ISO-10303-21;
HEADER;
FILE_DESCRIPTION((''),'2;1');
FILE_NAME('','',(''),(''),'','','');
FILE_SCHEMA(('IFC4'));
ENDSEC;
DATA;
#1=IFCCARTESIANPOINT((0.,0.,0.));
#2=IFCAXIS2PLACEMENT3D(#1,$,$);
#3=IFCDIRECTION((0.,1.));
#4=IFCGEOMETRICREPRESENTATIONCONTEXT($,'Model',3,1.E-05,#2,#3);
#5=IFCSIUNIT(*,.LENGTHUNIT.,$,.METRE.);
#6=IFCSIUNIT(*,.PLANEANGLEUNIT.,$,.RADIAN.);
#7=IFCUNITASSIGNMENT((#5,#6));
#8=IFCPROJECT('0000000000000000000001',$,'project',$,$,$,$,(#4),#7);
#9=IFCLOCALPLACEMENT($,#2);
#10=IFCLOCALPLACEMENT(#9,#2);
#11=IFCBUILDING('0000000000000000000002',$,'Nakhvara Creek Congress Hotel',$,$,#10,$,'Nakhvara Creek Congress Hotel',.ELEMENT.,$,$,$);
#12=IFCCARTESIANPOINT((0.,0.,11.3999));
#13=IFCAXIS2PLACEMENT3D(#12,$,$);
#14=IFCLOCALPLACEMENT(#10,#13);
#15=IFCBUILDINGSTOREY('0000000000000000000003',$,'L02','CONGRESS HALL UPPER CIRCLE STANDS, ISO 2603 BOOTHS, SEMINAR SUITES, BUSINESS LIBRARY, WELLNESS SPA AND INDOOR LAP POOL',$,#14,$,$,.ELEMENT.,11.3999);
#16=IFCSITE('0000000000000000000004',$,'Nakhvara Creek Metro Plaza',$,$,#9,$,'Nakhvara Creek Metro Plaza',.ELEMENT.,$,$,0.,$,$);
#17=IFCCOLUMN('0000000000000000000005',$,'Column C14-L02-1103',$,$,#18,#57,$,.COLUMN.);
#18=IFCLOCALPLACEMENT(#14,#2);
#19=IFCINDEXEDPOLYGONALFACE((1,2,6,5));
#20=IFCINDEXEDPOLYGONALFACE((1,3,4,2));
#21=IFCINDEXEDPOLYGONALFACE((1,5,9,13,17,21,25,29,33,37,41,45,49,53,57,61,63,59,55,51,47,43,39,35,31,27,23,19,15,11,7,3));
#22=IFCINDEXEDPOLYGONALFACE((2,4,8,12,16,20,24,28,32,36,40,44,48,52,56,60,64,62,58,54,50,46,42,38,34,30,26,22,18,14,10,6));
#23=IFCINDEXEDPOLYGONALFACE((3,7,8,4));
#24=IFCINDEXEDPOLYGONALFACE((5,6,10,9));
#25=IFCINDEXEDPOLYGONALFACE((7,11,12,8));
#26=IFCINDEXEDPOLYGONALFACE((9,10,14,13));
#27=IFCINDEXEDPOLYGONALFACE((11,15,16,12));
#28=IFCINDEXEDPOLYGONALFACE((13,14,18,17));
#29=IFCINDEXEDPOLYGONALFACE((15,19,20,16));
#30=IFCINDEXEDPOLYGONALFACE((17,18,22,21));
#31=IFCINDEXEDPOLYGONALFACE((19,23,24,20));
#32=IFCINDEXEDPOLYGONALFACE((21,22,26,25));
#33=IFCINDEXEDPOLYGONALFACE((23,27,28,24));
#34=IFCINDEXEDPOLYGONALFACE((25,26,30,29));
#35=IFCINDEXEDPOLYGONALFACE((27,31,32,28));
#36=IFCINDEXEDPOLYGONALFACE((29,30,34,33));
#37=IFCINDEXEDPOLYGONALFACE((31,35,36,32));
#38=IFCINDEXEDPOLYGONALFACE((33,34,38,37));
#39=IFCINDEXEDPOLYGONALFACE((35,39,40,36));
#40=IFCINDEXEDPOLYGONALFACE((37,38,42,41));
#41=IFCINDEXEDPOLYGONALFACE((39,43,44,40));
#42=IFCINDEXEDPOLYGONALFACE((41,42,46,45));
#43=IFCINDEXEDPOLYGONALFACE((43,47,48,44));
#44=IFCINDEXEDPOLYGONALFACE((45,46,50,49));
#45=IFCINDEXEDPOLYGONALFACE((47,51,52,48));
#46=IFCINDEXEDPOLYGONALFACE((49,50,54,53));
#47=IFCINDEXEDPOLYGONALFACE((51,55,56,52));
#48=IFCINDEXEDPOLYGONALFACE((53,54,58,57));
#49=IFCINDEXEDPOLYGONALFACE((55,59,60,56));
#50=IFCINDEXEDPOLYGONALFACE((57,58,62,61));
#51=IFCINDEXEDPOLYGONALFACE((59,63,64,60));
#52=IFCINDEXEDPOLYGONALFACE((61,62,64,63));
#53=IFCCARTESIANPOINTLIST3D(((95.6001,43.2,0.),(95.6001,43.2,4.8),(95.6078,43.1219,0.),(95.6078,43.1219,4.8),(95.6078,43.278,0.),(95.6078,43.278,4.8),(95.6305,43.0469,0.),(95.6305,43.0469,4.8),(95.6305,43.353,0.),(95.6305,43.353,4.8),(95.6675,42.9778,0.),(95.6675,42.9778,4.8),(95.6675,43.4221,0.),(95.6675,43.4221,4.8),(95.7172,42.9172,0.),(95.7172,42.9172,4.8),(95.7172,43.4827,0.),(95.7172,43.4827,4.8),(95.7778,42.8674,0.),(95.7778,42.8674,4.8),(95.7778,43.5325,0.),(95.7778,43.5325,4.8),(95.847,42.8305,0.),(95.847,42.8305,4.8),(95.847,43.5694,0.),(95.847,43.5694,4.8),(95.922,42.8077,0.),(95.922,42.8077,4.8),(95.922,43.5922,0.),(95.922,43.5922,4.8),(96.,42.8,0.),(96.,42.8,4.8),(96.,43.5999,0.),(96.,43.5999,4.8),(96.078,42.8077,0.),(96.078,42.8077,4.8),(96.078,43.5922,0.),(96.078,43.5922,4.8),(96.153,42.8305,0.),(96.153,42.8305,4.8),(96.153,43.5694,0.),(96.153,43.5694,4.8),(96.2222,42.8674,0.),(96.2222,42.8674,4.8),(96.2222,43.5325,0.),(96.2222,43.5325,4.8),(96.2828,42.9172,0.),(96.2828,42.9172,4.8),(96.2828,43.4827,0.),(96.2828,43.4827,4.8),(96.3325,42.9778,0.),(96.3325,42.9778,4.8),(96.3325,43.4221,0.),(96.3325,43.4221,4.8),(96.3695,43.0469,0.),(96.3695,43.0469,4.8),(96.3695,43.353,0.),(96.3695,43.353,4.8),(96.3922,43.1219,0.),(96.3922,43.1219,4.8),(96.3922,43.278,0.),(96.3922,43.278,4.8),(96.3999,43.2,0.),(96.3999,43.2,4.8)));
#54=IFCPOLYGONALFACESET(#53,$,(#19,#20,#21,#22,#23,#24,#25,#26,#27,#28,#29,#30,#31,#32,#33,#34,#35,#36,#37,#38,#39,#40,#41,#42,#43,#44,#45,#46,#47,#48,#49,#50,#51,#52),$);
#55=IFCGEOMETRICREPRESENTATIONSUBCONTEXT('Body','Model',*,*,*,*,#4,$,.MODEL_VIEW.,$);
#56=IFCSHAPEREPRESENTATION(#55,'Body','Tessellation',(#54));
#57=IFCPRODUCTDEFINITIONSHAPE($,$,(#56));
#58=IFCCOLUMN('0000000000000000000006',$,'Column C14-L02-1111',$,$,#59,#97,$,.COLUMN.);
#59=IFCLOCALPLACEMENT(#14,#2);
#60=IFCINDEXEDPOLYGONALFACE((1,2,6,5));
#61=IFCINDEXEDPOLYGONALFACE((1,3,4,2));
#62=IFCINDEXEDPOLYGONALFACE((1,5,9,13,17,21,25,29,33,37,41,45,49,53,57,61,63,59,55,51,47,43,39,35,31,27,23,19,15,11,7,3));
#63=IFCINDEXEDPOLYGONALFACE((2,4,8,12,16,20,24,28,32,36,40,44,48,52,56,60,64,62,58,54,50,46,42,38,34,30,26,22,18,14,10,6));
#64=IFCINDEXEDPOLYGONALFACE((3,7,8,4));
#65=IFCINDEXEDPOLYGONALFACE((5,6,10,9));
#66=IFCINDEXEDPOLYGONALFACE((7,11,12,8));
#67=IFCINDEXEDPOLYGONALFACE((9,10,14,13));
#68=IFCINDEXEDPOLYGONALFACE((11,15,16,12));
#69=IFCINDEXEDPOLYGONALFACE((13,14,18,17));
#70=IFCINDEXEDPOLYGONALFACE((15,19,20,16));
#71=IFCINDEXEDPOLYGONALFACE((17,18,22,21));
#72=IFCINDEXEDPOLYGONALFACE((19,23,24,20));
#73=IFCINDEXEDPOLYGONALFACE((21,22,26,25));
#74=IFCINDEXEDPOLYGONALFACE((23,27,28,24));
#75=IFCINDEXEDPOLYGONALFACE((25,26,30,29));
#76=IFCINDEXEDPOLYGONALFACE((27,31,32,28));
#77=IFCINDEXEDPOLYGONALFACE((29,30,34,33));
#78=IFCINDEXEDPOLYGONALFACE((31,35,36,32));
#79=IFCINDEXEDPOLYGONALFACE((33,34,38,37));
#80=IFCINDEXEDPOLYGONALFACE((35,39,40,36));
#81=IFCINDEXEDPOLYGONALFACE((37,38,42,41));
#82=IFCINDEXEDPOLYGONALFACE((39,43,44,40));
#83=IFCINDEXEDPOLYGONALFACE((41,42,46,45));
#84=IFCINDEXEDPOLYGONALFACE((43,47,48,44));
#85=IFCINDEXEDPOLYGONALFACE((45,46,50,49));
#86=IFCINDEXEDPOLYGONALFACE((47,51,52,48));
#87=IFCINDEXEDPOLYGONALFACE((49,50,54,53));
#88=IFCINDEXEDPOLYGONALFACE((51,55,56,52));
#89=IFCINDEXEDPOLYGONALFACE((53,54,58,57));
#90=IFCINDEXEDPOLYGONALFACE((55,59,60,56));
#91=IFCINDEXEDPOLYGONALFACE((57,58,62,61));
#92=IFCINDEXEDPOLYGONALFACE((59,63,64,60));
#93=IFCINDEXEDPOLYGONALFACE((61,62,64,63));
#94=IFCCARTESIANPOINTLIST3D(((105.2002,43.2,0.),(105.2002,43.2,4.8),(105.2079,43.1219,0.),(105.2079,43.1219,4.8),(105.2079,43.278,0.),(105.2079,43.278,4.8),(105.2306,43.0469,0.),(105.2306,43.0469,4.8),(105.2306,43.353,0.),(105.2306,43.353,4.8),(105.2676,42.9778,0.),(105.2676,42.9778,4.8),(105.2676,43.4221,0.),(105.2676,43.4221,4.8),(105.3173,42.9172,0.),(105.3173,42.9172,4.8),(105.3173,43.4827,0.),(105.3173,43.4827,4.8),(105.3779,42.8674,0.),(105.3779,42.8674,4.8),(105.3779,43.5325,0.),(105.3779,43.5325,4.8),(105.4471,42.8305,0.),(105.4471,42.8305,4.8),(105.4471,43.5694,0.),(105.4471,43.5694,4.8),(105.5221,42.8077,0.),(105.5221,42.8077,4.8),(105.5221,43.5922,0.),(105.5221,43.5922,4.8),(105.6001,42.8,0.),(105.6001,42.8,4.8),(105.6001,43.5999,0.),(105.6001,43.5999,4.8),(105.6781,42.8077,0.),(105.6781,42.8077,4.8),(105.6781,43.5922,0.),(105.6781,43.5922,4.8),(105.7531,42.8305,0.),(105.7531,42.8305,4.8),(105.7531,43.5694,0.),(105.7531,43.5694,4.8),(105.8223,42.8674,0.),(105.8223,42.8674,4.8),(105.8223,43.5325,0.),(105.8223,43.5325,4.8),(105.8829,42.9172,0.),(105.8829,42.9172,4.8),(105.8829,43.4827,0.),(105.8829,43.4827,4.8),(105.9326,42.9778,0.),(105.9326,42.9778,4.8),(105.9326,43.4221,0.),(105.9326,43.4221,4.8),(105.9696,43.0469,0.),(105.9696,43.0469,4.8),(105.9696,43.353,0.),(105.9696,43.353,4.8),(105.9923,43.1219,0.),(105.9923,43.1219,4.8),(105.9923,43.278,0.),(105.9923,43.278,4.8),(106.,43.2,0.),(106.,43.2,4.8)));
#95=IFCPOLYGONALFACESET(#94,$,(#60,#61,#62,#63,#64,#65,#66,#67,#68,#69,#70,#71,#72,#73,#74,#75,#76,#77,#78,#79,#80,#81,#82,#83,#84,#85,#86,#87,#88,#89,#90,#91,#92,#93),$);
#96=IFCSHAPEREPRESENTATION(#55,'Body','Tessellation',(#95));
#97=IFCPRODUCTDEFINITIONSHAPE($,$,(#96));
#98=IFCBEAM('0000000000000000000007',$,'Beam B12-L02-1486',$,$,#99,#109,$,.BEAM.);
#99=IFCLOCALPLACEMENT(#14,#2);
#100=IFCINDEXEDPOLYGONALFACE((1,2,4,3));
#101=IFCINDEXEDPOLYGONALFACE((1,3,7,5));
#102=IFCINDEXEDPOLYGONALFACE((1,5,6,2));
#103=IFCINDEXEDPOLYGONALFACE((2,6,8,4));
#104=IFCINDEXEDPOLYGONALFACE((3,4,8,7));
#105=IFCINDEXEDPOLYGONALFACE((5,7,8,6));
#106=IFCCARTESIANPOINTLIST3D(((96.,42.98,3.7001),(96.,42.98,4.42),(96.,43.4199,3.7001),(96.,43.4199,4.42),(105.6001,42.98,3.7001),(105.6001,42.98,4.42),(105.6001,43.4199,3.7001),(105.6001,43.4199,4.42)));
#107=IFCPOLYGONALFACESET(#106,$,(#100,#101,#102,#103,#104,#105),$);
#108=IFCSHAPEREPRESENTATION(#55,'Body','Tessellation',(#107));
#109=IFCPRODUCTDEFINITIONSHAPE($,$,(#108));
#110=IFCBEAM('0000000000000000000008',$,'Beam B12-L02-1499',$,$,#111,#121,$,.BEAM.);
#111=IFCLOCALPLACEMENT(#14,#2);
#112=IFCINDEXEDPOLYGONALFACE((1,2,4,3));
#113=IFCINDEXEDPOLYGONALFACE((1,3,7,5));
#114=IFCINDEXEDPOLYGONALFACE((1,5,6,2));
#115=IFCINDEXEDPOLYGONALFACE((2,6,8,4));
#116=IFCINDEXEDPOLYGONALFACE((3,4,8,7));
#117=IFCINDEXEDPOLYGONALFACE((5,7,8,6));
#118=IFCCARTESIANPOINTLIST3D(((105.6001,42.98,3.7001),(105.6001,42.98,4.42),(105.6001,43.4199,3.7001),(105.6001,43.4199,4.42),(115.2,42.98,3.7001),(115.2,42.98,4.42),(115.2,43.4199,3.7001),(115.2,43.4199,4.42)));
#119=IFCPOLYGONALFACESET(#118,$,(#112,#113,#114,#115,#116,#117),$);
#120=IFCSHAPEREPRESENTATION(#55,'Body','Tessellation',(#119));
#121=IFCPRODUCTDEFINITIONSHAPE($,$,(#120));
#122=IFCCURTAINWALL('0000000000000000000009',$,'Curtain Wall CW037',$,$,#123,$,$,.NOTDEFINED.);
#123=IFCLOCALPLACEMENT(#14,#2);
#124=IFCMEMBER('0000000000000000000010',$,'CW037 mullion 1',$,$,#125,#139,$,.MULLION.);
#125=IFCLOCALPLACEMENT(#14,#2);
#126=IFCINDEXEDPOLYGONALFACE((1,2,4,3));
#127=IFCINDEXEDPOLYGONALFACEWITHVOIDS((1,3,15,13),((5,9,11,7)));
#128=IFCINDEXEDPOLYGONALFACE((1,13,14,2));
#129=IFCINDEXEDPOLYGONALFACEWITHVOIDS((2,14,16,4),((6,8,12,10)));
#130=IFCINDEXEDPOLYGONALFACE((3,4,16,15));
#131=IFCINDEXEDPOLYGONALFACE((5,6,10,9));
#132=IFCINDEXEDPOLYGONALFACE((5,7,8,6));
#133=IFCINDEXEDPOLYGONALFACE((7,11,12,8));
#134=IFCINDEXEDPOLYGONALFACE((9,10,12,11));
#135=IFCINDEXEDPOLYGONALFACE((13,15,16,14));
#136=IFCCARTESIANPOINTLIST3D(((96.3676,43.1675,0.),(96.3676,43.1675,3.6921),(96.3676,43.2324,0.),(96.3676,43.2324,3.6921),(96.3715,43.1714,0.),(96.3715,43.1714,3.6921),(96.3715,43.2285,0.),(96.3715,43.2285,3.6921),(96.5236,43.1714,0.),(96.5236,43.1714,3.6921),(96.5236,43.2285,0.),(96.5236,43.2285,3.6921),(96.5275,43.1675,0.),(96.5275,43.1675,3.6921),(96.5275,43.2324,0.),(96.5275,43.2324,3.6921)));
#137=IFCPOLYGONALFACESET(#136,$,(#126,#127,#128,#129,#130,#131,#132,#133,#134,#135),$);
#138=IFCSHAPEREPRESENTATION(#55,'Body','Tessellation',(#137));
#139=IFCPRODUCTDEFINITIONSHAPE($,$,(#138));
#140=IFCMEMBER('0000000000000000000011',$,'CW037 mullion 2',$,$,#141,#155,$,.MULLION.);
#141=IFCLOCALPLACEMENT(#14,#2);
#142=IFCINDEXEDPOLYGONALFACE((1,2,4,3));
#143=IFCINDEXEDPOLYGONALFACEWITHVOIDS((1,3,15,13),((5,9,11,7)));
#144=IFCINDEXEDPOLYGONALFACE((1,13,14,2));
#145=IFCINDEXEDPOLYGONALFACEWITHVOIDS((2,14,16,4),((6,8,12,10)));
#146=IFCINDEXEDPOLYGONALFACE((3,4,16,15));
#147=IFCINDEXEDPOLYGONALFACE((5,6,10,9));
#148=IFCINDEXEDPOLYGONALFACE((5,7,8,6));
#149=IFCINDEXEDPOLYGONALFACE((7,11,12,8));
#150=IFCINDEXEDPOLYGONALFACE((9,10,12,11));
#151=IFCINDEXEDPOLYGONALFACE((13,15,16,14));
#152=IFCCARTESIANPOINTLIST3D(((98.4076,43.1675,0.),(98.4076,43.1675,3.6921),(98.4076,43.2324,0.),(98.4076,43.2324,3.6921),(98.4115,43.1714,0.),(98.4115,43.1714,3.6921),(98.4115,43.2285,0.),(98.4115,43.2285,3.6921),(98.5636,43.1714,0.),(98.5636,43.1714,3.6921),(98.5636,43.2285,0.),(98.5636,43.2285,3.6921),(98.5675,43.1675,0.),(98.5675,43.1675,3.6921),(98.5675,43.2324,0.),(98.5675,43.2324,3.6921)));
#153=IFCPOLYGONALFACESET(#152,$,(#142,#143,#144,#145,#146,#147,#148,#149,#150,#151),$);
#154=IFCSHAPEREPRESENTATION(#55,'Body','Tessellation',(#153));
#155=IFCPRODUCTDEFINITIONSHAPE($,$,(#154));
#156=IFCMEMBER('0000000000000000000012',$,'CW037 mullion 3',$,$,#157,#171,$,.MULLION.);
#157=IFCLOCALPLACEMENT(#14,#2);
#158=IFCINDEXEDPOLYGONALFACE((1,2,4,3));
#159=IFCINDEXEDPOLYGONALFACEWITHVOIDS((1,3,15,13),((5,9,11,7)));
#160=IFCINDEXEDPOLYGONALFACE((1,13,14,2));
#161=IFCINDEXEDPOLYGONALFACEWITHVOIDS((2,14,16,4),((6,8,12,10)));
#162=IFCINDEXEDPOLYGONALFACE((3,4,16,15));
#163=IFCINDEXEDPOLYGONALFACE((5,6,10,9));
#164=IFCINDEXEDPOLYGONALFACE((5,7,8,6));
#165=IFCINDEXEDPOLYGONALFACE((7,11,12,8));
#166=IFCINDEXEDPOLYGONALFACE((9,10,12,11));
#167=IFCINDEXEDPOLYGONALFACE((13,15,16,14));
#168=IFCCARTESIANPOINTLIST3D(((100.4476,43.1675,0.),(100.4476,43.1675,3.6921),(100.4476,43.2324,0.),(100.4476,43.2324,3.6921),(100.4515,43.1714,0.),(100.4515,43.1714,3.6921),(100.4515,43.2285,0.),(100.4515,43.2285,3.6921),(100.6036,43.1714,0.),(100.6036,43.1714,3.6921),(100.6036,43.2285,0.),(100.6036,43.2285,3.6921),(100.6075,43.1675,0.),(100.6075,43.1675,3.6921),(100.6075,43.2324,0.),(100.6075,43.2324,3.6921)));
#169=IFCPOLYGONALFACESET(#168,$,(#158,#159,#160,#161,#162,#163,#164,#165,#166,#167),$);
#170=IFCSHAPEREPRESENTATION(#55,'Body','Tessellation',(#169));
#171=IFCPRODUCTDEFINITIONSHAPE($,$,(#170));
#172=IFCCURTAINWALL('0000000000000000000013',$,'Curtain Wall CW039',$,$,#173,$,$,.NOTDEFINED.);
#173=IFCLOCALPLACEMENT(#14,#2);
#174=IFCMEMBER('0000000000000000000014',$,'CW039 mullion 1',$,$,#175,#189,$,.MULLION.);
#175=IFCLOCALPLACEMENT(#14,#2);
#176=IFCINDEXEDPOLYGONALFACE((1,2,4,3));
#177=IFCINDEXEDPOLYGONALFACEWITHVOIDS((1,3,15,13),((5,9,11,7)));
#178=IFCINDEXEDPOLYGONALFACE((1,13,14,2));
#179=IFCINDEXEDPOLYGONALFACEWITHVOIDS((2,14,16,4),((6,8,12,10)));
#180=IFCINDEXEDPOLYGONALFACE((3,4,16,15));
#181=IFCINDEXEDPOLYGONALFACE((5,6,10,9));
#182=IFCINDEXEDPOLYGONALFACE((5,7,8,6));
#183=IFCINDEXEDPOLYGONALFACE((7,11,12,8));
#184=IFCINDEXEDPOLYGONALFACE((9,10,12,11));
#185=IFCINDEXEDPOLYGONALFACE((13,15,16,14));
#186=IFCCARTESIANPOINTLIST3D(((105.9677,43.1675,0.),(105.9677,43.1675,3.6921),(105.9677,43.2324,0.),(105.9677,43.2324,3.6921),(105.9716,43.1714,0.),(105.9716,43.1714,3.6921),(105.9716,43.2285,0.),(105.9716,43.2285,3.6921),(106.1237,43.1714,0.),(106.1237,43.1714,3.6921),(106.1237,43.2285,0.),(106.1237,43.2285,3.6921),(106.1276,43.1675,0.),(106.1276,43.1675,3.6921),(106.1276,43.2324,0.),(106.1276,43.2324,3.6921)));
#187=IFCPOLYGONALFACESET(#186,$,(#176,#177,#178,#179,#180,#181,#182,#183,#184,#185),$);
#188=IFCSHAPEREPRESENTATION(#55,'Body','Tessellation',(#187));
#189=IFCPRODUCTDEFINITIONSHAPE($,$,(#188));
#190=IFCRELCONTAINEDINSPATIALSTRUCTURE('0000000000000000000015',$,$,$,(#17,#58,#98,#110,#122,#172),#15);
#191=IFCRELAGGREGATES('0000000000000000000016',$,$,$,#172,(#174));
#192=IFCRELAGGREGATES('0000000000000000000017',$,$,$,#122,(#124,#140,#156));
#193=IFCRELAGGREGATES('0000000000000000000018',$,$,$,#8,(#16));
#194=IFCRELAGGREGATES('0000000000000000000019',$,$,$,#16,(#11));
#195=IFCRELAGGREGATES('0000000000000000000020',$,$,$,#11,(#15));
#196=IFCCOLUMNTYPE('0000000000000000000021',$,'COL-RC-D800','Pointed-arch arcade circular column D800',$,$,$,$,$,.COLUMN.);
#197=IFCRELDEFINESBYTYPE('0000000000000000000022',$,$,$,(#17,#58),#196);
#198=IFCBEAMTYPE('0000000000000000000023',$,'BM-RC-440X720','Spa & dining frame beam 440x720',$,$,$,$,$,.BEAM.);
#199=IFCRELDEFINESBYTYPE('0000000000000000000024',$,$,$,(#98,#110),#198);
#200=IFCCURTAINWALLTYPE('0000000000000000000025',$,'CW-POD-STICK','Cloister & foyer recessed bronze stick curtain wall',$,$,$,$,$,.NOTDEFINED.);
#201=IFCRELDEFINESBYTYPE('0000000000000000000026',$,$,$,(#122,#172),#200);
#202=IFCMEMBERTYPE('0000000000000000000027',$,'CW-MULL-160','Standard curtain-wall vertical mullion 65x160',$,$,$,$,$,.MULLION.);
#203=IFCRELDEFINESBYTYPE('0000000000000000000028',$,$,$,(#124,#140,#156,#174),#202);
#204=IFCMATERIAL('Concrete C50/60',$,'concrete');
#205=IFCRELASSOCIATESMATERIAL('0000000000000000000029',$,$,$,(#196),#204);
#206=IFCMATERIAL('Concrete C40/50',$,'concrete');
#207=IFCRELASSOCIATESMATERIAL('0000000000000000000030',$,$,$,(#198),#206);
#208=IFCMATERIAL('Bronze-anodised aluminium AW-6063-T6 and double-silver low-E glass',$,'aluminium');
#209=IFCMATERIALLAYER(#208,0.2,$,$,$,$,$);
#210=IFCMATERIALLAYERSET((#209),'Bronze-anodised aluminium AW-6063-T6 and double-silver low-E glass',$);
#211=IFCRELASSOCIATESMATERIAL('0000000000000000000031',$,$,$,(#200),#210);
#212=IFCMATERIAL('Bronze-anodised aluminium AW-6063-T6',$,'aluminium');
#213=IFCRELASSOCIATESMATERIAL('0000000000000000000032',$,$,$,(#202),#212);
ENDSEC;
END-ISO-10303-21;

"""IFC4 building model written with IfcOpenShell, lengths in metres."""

from ifc_helpers import new_model, si_unit, direction, frame, origin, origin_2d, place, context, subcontext, project, spatial, rectangle, hollow_rectangle, circle, extrude, material, layer, layer_set, material_profile, profile_set, type_object, element, aggregate, save


model = new_model("IFC4")

# Units and contexts
model_context = context("Model", 3, precision=1e-05, world=origin(), true_north=direction((0.0, 1.0)))
body_context = subcontext(model_context, "Body", "Model", "MODEL_VIEW")
ifc_project = project(units=[si_unit("LENGTHUNIT", "METRE"), si_unit("PLANEANGLEUNIT", "RADIAN")], contexts=[model_context])

# Site, building, storey
site_placement = place(None, origin())
site = spatial("IfcSite", under=ifc_project, at=site_placement, Name="Nakhvara Creek Metro Plaza", LongName="Nakhvara Creek Metro Plaza", CompositionType="ELEMENT", RefElevation=0.0)
building_placement = place(site_placement, origin())
building = spatial("IfcBuilding", under=site, at=building_placement, Name="Nakhvara Creek Congress Hotel", LongName="Nakhvara Creek Congress Hotel", CompositionType="ELEMENT")
storey_placement = place(building_placement, frame((0.0, 0.0, 11.3999)))
storey = spatial("IfcBuildingStorey", under=building, at=storey_placement, Name="L02", Description="CONGRESS HALL UPPER CIRCLE STANDS, ISO 2603 BOOTHS, SEMINAR SUITES, BUSINESS LIBRARY, WELLNESS SPA AND INDOOR LAP POOL", CompositionType="ELEMENT", Elevation=11.3999)

# Columns
ifc_material_1 = material(Name="Concrete C50/60", Category="concrete")
ifc_material_profile_1 = material_profile(ifc_material_1, circle(Radius=0.3999, at=origin_2d()), Name="RC-COL D800", Category="LoadBearing")
ifc_profile_set_1 = profile_set([ifc_material_profile_1], Name="Concrete C50/60")
column_type = type_object("IfcColumnType", Name="COL-RC-D800", Description="Pointed-arch arcade circular column D800", PredefinedType="COLUMN", material=ifc_profile_set_1)
for number, where, z_axis, x_axis, name in (
    (1, (96.0, 43.2, 0.0), (0.0, 0.0, 1.0), (1.0, 0.0, 0.0), "Column C14-L02-1103"),
    (2, (105.6001, 43.2, 0.0), (0.0, 0.0, 1.0), (1.0, 0.0, 0.0), "Column C14-L02-1111"),
):
    element("IfcColumn", number, at=place(storey_placement, frame(where, z_axis=z_axis, x_axis=x_axis)), inside=storey, type_object=column_type, Name=name, PredefinedType="COLUMN", context=body_context, shape_type="SweptSolid", body=[
        extrude(circle(Radius=0.3999, at=origin_2d()), origin(), (0.0, 0.0, 1.0), 4.8),
    ])

# Beams
ifc_material_2 = material(Name="Concrete C40/50", Category="concrete")
ifc_material_profile_2 = material_profile(ifc_material_2, rectangle(XDim=0.4399, YDim=0.72, at=origin_2d()), Name="RC-BM 440x720", Category="LoadBearing")
ifc_profile_set_2 = profile_set([ifc_material_profile_2], Name="Concrete C40/50")
beam_type = type_object("IfcBeamType", Name="BM-RC-440X720", Description="Spa & dining frame beam 440x720", PredefinedType="BEAM", material=ifc_profile_set_2)
beam_1_placement = place(storey_placement, frame((96.0, 43.2, 4.0601), z_axis=(1.0, 0.0, 0.0), x_axis=(0.0, 1.0, 0.0)))
element("IfcBeam", 3, at=beam_1_placement, inside=storey, type_object=beam_type, Name="Beam B12-L02-1486", PredefinedType="BEAM", context=body_context, shape_type="SweptSolid", body=[
    extrude(rectangle(XDim=0.4399, YDim=0.72, at=origin_2d()), origin(), (0.0, 0.0, 1.0), 9.6001),
])
beam_2_placement = place(storey_placement, frame((105.6001, 43.2, 4.0601), z_axis=(1.0, 0.0, 0.0), x_axis=(0.0, 1.0, 0.0)))
element("IfcBeam", 4, at=beam_2_placement, inside=storey, type_object=beam_type, Name="Beam B12-L02-1499", PredefinedType="BEAM", context=body_context, shape_type="SweptSolid", body=[
    extrude(rectangle(XDim=0.4399, YDim=0.72, at=origin_2d()), origin(), (0.0, 0.0, 1.0), 9.5999),
])

# Curtain wall, members
ifc_material_3 = material(Name="Bronze-anodised aluminium AW-6063-T6 and double-silver low-E glass", Category="aluminium")
ifc_layer = layer(ifc_material_3, 0.2)
ifc_layer_set = layer_set([ifc_layer], Name="Bronze-anodised aluminium AW-6063-T6 and double-silver low-E glass")
curtain_wall_type = type_object("IfcCurtainWallType", Name="CW-POD-STICK", Description="Cloister & foyer recessed bronze stick curtain wall", PredefinedType="NOTDEFINED", material=ifc_layer_set)
curtain_wall_1_placement = place(storey_placement, origin())
curtain_wall_1 = element("IfcCurtainWall", 5, at=curtain_wall_1_placement, inside=storey, type_object=curtain_wall_type, Name="Curtain Wall CW037", PredefinedType="NOTDEFINED")
ifc_material_4 = material(Name="Bronze-anodised aluminium AW-6063-T6", Category="aluminium")
ifc_material_profile_3 = material_profile(ifc_material_4, hollow_rectangle(XDim=0.0649, YDim=0.1599, WallThickness=0.0039, at=origin_2d()), Name="ALU-MULL 65x160x4", Category="LoadBearing")
ifc_profile_set_3 = profile_set([ifc_material_profile_3], Name="Bronze-anodised aluminium AW-6063-T6")
member_type_1 = type_object("IfcMemberType", Name="CW-MULL-160", Description="Standard curtain-wall vertical mullion 65x160", PredefinedType="MULLION", material=ifc_profile_set_3)
member_1_placement = place(storey_placement, frame((96.4475, 43.2, 0.0), z_axis=(0.0, 0.0, 1.0), x_axis=(0.0, 1.0, 0.0)))
member_1 = element("IfcMember", 6, at=member_1_placement, type_object=member_type_1, Name="CW037 mullion 1", PredefinedType="MULLION", context=body_context, shape_type="SweptSolid", body=[
    extrude(hollow_rectangle(XDim=0.0649, YDim=0.1599, WallThickness=0.0039, at=origin_2d()), origin(), (0.0, 0.0, 1.0), 3.6921),
])
member_2_placement = place(storey_placement, frame((98.4875, 43.2, 0.0), z_axis=(0.0, 0.0, 1.0), x_axis=(0.0, 1.0, 0.0)))
member_2 = element("IfcMember", 7, at=member_2_placement, type_object=member_type_1, Name="CW037 mullion 2", PredefinedType="MULLION", context=body_context, shape_type="SweptSolid", body=[
    extrude(hollow_rectangle(XDim=0.0649, YDim=0.1599, WallThickness=0.0039, at=origin_2d()), origin(), (0.0, 0.0, 1.0), 3.6921),
])
member_3_placement = place(storey_placement, frame((100.5276, 43.2, 0.0), z_axis=(0.0, 0.0, 1.0), x_axis=(0.0, 1.0, 0.0)))
member_3 = element("IfcMember", 8, at=member_3_placement, type_object=member_type_1, Name="CW037 mullion 3", PredefinedType="MULLION", context=body_context, shape_type="SweptSolid", body=[
    extrude(hollow_rectangle(XDim=0.0649, YDim=0.1599, WallThickness=0.0039, at=origin_2d()), origin(), (0.0, 0.0, 1.0), 3.6921),
])

# Curtain wall, member
curtain_wall_2_placement = place(storey_placement, origin())
curtain_wall_2 = element("IfcCurtainWall", 9, at=curtain_wall_2_placement, inside=storey, type_object=curtain_wall_type, Name="Curtain Wall CW039", PredefinedType="NOTDEFINED")
member_4_placement = place(storey_placement, frame((106.0476, 43.2, 0.0), z_axis=(0.0, 0.0, 1.0), x_axis=(0.0, 1.0, 0.0)))
member_4 = element("IfcMember", 10, at=member_4_placement, type_object=member_type_1, Name="CW039 mullion 1", PredefinedType="MULLION", context=body_context, shape_type="SweptSolid", body=[
    extrude(hollow_rectangle(XDim=0.0649, YDim=0.1599, WallThickness=0.0039, at=origin_2d()), origin(), (0.0, 0.0, 1.0), 3.6921),
])
aggregate(curtain_wall_2, [member_4])

aggregate(curtain_wall_1, [member_1, member_2, member_3])

save(model, "model.ifc")
